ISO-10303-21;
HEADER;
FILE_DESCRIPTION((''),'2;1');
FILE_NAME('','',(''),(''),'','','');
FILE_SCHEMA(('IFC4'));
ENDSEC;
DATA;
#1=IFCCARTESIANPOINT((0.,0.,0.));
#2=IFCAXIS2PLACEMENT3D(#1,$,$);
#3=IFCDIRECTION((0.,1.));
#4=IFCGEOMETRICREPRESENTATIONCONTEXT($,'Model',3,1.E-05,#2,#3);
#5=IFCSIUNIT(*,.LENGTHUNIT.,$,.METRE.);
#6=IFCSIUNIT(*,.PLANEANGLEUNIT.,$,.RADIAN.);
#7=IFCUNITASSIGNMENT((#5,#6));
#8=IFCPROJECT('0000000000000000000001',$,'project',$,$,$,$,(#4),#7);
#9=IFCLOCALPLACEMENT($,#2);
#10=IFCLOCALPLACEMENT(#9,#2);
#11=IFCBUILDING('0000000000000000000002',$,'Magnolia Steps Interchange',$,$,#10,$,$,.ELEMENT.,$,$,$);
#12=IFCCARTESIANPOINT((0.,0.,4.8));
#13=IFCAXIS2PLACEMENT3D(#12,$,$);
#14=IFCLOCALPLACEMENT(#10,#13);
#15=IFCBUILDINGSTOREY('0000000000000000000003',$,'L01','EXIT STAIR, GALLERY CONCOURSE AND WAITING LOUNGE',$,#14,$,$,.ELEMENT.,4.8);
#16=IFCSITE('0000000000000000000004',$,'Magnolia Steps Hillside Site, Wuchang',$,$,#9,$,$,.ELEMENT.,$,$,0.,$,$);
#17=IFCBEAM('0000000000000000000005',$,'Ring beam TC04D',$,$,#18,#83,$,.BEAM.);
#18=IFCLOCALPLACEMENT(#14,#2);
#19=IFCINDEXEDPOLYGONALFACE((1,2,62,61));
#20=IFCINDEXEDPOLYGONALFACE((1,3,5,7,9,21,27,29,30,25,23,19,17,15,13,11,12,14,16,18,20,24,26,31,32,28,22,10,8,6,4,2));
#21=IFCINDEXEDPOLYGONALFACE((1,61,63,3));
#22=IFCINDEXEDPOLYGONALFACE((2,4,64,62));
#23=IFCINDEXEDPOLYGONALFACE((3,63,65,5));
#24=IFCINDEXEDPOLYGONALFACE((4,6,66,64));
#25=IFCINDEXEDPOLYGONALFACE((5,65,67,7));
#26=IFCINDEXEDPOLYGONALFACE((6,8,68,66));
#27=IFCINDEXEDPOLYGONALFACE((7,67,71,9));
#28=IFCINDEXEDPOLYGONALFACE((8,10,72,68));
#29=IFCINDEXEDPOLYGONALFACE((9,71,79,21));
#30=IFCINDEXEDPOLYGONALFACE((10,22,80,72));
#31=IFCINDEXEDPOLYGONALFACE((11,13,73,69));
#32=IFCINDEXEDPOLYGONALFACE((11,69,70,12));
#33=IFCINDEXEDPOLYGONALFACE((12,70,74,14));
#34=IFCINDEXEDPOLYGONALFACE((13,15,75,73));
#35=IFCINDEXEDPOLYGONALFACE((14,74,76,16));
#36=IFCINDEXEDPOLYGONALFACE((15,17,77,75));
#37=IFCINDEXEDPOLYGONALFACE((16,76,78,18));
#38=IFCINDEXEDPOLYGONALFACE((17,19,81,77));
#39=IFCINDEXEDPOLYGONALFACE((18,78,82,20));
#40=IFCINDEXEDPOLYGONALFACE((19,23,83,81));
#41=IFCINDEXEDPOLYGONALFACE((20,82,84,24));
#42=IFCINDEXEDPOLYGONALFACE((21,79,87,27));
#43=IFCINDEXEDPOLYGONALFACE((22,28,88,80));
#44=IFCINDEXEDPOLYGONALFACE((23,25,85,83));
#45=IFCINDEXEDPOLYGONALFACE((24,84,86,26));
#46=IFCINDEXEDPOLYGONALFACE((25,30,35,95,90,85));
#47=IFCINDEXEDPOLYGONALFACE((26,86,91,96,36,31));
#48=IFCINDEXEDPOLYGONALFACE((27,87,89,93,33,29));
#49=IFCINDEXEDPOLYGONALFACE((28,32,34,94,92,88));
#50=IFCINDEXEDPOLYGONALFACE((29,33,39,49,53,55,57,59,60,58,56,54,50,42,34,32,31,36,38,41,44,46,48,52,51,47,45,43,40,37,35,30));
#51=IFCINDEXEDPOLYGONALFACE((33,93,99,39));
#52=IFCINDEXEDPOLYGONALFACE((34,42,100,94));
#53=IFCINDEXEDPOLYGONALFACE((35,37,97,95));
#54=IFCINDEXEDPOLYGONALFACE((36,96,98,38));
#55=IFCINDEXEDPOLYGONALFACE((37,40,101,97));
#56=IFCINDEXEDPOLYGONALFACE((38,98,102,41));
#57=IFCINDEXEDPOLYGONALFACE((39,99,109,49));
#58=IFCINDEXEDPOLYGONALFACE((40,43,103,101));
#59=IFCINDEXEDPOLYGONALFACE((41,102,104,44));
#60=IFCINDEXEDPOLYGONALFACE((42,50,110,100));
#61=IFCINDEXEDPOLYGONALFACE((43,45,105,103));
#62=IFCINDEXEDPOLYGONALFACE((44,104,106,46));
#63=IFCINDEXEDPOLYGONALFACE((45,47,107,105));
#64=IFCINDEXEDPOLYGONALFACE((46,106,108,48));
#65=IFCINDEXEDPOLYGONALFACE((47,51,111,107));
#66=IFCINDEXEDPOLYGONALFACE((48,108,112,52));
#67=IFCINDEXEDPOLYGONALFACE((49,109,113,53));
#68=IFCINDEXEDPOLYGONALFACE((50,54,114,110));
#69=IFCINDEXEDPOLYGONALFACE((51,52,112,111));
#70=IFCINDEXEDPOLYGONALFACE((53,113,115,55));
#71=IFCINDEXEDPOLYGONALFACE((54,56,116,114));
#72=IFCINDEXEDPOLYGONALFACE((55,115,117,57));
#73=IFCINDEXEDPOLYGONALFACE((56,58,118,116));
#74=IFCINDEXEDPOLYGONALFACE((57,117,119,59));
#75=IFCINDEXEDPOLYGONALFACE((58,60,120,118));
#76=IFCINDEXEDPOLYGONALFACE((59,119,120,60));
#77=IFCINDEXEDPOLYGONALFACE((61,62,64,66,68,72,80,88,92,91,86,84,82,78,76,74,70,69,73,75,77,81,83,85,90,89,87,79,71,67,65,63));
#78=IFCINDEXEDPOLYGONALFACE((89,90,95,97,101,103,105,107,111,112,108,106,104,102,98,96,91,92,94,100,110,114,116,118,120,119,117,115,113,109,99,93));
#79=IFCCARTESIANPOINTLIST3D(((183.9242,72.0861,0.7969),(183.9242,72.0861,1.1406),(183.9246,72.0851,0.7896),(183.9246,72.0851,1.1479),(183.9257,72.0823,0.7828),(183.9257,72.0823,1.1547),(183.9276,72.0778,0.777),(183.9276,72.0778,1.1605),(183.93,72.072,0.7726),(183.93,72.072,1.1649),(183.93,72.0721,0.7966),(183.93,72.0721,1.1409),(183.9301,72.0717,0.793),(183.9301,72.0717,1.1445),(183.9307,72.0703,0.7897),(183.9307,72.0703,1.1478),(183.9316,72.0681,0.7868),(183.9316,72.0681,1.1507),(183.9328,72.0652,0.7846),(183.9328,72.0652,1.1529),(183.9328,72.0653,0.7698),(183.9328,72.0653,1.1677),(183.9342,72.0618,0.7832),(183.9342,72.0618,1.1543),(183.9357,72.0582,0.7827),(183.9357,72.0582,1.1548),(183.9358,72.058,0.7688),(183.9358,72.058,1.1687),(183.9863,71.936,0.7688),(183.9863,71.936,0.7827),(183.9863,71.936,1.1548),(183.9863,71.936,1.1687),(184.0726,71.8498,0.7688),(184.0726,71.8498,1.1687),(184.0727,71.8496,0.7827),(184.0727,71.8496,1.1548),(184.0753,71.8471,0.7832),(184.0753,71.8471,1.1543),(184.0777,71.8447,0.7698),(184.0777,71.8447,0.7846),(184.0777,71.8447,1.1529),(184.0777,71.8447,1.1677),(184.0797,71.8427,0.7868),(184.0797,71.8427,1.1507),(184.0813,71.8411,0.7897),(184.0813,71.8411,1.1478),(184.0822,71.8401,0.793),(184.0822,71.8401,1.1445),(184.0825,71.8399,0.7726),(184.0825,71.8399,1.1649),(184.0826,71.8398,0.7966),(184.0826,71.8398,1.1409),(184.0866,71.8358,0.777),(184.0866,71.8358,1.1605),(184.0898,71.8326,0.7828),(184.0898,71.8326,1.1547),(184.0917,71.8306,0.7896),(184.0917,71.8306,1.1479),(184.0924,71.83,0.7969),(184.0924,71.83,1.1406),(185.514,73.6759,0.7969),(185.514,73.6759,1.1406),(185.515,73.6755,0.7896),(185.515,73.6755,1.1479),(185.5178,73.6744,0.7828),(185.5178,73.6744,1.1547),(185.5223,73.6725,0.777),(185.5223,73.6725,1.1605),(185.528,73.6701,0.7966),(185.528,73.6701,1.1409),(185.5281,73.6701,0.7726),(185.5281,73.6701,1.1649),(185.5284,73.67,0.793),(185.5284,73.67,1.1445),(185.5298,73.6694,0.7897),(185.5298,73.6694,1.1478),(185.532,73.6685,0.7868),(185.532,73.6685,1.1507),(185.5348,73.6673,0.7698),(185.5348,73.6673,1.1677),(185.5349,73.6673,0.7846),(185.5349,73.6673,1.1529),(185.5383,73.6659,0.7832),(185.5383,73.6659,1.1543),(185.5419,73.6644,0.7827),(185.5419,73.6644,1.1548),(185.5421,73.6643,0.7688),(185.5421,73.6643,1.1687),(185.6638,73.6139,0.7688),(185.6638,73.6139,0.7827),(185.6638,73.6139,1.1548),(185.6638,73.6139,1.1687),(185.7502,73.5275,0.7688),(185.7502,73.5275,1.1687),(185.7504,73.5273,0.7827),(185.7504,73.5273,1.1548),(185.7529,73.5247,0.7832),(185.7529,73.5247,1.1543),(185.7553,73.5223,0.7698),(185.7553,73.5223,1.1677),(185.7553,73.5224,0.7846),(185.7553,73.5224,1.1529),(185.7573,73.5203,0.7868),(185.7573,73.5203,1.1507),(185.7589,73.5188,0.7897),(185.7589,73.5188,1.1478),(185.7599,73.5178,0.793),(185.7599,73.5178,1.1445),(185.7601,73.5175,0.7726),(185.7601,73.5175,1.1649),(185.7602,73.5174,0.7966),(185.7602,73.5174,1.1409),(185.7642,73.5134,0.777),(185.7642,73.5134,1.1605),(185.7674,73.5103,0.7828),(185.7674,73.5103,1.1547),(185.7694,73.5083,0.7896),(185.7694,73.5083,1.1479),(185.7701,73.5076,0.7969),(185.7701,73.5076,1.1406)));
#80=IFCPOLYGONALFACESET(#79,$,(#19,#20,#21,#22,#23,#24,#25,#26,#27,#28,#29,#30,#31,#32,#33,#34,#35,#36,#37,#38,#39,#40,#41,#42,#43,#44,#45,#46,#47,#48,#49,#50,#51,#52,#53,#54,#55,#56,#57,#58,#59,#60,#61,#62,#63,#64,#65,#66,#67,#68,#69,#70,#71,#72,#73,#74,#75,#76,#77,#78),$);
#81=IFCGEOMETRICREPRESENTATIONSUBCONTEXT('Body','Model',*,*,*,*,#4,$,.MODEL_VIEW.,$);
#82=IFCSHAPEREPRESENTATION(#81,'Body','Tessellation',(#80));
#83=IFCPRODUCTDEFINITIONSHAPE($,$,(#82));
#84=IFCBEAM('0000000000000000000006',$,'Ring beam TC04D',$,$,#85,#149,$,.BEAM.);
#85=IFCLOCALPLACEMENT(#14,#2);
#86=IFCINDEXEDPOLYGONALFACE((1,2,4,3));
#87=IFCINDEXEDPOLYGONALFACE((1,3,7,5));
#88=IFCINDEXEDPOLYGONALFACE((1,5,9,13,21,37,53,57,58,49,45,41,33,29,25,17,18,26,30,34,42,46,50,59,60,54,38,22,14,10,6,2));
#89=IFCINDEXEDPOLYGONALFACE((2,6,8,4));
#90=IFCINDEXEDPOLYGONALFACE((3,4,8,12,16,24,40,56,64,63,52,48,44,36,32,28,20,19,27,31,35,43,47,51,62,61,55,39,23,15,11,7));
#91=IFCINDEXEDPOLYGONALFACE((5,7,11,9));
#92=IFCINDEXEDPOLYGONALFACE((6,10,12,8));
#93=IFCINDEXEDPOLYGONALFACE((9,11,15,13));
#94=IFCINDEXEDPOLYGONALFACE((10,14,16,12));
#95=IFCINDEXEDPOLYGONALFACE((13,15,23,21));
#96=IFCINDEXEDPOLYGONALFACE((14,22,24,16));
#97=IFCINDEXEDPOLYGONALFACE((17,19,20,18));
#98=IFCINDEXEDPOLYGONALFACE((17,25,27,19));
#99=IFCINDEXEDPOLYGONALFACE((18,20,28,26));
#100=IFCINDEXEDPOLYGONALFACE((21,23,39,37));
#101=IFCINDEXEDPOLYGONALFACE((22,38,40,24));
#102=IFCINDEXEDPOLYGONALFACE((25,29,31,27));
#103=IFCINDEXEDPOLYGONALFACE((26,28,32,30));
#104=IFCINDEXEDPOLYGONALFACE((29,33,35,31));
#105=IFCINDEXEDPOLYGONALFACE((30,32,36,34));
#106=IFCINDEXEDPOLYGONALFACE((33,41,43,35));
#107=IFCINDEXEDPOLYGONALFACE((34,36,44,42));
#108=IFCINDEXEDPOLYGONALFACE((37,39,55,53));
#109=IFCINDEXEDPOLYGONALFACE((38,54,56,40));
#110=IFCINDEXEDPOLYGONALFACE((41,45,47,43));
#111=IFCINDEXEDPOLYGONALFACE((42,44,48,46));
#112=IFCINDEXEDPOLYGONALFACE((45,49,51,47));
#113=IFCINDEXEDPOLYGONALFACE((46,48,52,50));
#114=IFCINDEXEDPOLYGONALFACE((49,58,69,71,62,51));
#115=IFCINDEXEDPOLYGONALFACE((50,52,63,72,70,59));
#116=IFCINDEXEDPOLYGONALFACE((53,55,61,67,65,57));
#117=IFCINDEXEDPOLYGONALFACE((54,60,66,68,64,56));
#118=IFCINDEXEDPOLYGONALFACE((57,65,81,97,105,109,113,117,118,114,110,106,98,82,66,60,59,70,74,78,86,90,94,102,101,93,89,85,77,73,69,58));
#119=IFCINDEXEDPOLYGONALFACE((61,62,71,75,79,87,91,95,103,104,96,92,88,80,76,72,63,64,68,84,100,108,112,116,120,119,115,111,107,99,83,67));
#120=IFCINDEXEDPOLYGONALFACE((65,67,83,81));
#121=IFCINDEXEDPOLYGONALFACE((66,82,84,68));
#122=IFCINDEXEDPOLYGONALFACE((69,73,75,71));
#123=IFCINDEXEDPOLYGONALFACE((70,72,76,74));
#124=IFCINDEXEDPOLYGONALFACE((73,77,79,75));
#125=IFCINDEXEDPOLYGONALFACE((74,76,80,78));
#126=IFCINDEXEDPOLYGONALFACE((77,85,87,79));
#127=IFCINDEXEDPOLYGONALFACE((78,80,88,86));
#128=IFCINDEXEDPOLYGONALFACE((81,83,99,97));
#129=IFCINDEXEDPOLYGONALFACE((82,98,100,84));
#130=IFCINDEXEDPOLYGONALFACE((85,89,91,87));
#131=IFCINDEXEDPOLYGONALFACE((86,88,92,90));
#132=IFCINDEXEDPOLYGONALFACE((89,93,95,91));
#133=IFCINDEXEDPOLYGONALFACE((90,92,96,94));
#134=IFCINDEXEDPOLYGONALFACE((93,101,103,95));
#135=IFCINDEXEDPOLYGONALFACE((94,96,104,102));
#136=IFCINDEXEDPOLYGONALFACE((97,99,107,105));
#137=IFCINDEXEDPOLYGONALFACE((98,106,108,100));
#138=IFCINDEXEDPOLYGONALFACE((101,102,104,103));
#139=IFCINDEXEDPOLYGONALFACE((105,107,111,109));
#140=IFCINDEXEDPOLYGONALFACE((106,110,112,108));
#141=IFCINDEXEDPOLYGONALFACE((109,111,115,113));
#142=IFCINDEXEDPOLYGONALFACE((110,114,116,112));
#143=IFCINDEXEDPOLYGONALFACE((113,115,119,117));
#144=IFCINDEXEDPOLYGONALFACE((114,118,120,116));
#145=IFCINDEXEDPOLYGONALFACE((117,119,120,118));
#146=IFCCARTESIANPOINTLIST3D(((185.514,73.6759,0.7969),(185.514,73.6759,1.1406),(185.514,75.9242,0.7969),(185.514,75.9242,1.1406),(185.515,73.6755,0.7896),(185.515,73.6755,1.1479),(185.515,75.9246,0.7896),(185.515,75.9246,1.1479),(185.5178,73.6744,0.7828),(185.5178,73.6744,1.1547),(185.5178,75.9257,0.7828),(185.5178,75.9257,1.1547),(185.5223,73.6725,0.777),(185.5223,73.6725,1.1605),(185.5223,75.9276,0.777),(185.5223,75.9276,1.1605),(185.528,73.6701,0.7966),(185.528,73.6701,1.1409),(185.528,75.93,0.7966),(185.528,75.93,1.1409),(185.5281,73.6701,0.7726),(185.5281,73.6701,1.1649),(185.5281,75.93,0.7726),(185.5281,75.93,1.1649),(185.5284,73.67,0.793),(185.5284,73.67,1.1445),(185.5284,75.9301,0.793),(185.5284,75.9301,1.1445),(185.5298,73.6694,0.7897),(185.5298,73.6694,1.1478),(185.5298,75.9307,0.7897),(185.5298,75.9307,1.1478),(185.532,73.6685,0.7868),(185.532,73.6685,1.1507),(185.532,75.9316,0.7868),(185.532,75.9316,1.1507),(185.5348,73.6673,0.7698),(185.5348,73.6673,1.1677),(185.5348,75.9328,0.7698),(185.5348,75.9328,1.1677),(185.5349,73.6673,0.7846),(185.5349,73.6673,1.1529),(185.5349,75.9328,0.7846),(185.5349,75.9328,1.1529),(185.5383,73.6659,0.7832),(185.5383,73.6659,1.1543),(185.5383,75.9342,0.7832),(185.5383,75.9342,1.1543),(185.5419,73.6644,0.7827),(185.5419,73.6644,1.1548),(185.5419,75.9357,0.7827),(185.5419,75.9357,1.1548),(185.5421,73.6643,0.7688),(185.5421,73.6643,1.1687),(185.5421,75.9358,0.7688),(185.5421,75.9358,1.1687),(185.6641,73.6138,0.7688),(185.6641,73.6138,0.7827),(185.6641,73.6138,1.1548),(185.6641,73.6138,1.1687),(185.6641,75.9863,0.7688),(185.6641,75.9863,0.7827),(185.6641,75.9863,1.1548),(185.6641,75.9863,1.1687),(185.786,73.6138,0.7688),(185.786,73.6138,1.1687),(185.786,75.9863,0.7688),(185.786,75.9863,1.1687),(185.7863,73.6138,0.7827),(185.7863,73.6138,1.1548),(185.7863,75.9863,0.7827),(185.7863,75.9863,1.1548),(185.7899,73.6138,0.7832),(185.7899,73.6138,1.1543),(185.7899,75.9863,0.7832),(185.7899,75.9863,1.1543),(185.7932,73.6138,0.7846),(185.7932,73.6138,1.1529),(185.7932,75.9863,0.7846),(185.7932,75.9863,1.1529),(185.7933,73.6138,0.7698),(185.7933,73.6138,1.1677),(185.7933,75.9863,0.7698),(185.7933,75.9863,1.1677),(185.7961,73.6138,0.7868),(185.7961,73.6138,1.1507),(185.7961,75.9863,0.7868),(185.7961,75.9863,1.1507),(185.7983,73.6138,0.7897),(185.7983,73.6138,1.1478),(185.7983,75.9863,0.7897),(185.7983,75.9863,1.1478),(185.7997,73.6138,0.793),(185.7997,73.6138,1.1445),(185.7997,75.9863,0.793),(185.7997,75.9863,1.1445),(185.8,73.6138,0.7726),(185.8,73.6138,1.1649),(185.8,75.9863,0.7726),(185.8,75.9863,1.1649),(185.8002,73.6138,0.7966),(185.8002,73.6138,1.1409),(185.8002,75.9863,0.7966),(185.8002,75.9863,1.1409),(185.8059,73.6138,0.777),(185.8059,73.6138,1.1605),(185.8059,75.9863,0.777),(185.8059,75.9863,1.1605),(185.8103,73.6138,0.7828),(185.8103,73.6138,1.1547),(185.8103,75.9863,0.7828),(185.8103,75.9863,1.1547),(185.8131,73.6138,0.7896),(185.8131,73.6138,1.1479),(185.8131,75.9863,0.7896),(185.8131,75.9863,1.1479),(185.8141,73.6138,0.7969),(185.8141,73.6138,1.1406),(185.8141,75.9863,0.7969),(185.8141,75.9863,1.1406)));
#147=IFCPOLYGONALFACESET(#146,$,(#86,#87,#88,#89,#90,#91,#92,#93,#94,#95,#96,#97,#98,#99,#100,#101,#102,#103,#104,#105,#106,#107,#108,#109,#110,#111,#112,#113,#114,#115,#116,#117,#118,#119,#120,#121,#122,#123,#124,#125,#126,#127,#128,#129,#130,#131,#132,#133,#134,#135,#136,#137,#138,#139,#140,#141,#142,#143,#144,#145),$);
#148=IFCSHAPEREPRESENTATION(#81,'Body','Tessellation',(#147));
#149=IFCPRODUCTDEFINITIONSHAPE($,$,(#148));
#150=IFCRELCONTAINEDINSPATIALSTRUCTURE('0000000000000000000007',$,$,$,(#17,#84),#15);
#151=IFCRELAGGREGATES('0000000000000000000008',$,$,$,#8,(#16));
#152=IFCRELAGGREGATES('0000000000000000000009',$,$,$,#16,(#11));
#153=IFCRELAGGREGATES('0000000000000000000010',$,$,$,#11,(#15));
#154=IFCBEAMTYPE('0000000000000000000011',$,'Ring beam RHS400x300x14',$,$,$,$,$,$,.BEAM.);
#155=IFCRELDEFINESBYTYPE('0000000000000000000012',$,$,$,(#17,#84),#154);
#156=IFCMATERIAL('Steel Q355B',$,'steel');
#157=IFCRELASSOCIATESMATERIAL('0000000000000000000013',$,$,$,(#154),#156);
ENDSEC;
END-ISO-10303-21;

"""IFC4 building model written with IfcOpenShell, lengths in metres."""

from ifc_helpers import new_model, si_unit, direction, frame, origin, origin_2d, place, context, subcontext, project, spatial, hollow_rectangle, extrude, clip, halfspace, material, material_profile, profile_set, type_object, element, save


model = new_model("IFC4")

# Units and contexts
model_context = context("Model", 3, precision=1e-05, world=origin(), true_north=direction((0.0, 1.0)))
body_context = subcontext(model_context, "Body", "Model", "MODEL_VIEW")
ifc_project = project(units=[si_unit("LENGTHUNIT", "METRE"), si_unit("PLANEANGLEUNIT", "RADIAN")], contexts=[model_context])

# Site, building, storey
site_placement = place(None, origin())
site = spatial("IfcSite", under=ifc_project, at=site_placement, Name="Magnolia Steps Hillside Site, Wuchang", CompositionType="ELEMENT", RefElevation=0.0)
building_placement = place(site_placement, origin())
building = spatial("IfcBuilding", under=site, at=building_placement, Name="Magnolia Steps Interchange", CompositionType="ELEMENT")
storey_placement = place(building_placement, frame((0.0, 0.0, 4.8)))
storey = spatial("IfcBuildingStorey", under=building, at=storey_placement, Name="L01", Description="EXIT STAIR, GALLERY CONCOURSE AND WAITING LOUNGE", CompositionType="ELEMENT", Elevation=4.8)

# Beams
ifc_material_1 = material(Name="Steel Q355B", Category="steel")
ifc_material_profile_1 = material_profile(ifc_material_1, hollow_rectangle(XDim=0.3, YDim=0.3999, WallThickness=0.0139, InnerFilletRadius=0.0139, OuterFilletRadius=0.0281, at=origin_2d()), Name="RHS400x300x14")
ifc_profile_set_1 = profile_set([ifc_material_profile_1], Name="Steel Q355B")
beam_type_1 = type_object("IfcBeamType", Name="Ring beam RHS400x300x14", PredefinedType="BEAM", material=ifc_profile_set_1)
beam_1_placement = place(storey_placement, frame((183.9863, 71.936, 0.9688), z_axis=(0.707107, 0.707107, 0.0), x_axis=(-0.707107, 0.707107, 0.0)))
element("IfcBeam", 1, at=beam_1_placement, inside=storey, type_object=beam_type_1, Name="Ring beam TC04D", PredefinedType="BEAM", context=body_context, shape_type="Clipping", body=[
    clip(clip(extrude(hollow_rectangle(XDim=0.3, YDim=0.3999, WallThickness=0.0139, InnerFilletRadius=0.0139, OuterFilletRadius=0.0281, at=origin_2d()), origin(), (0.0, 0.0, 1.0), 2.3726), halfspace(frame((0.0, 0.0, 0.0), z_axis=(0.382683, 0.0, -0.92388), x_axis=(0.92388, 0.0, 0.382683)), False)), halfspace(frame((0.0, 0.0, 2.3727), z_axis=(0.382683, 0.0, 0.92388), x_axis=(0.92388, 0.0, -0.382683)), False)),
])
beam_2_placement = place(storey_placement, frame((185.6641, 73.6138, 0.9688), z_axis=(0.0, 1.0, 0.0), x_axis=(-1.0, 0.0, 0.0)))
element("IfcBeam", 2, at=beam_2_placement, inside=storey, type_object=beam_type_1, Name="Ring beam TC04D", PredefinedType="BEAM", context=body_context, shape_type="Clipping", body=[
    clip(clip(extrude(hollow_rectangle(XDim=0.3, YDim=0.3999, WallThickness=0.0139, InnerFilletRadius=0.0139, OuterFilletRadius=0.0281, at=origin_2d()), origin(), (0.0, 0.0, 1.0), 2.3726), halfspace(frame((0.0, 0.0, 0.0), z_axis=(0.382683, 0.0, -0.92388), x_axis=(0.92388, 0.0, 0.382683)), False)), halfspace(frame((0.0, 0.0, 2.3726), z_axis=(0.382683, 0.0, 0.92388), x_axis=(0.92388, 0.0, -0.382683)), False)),
])

save(model, "model.ifc")
